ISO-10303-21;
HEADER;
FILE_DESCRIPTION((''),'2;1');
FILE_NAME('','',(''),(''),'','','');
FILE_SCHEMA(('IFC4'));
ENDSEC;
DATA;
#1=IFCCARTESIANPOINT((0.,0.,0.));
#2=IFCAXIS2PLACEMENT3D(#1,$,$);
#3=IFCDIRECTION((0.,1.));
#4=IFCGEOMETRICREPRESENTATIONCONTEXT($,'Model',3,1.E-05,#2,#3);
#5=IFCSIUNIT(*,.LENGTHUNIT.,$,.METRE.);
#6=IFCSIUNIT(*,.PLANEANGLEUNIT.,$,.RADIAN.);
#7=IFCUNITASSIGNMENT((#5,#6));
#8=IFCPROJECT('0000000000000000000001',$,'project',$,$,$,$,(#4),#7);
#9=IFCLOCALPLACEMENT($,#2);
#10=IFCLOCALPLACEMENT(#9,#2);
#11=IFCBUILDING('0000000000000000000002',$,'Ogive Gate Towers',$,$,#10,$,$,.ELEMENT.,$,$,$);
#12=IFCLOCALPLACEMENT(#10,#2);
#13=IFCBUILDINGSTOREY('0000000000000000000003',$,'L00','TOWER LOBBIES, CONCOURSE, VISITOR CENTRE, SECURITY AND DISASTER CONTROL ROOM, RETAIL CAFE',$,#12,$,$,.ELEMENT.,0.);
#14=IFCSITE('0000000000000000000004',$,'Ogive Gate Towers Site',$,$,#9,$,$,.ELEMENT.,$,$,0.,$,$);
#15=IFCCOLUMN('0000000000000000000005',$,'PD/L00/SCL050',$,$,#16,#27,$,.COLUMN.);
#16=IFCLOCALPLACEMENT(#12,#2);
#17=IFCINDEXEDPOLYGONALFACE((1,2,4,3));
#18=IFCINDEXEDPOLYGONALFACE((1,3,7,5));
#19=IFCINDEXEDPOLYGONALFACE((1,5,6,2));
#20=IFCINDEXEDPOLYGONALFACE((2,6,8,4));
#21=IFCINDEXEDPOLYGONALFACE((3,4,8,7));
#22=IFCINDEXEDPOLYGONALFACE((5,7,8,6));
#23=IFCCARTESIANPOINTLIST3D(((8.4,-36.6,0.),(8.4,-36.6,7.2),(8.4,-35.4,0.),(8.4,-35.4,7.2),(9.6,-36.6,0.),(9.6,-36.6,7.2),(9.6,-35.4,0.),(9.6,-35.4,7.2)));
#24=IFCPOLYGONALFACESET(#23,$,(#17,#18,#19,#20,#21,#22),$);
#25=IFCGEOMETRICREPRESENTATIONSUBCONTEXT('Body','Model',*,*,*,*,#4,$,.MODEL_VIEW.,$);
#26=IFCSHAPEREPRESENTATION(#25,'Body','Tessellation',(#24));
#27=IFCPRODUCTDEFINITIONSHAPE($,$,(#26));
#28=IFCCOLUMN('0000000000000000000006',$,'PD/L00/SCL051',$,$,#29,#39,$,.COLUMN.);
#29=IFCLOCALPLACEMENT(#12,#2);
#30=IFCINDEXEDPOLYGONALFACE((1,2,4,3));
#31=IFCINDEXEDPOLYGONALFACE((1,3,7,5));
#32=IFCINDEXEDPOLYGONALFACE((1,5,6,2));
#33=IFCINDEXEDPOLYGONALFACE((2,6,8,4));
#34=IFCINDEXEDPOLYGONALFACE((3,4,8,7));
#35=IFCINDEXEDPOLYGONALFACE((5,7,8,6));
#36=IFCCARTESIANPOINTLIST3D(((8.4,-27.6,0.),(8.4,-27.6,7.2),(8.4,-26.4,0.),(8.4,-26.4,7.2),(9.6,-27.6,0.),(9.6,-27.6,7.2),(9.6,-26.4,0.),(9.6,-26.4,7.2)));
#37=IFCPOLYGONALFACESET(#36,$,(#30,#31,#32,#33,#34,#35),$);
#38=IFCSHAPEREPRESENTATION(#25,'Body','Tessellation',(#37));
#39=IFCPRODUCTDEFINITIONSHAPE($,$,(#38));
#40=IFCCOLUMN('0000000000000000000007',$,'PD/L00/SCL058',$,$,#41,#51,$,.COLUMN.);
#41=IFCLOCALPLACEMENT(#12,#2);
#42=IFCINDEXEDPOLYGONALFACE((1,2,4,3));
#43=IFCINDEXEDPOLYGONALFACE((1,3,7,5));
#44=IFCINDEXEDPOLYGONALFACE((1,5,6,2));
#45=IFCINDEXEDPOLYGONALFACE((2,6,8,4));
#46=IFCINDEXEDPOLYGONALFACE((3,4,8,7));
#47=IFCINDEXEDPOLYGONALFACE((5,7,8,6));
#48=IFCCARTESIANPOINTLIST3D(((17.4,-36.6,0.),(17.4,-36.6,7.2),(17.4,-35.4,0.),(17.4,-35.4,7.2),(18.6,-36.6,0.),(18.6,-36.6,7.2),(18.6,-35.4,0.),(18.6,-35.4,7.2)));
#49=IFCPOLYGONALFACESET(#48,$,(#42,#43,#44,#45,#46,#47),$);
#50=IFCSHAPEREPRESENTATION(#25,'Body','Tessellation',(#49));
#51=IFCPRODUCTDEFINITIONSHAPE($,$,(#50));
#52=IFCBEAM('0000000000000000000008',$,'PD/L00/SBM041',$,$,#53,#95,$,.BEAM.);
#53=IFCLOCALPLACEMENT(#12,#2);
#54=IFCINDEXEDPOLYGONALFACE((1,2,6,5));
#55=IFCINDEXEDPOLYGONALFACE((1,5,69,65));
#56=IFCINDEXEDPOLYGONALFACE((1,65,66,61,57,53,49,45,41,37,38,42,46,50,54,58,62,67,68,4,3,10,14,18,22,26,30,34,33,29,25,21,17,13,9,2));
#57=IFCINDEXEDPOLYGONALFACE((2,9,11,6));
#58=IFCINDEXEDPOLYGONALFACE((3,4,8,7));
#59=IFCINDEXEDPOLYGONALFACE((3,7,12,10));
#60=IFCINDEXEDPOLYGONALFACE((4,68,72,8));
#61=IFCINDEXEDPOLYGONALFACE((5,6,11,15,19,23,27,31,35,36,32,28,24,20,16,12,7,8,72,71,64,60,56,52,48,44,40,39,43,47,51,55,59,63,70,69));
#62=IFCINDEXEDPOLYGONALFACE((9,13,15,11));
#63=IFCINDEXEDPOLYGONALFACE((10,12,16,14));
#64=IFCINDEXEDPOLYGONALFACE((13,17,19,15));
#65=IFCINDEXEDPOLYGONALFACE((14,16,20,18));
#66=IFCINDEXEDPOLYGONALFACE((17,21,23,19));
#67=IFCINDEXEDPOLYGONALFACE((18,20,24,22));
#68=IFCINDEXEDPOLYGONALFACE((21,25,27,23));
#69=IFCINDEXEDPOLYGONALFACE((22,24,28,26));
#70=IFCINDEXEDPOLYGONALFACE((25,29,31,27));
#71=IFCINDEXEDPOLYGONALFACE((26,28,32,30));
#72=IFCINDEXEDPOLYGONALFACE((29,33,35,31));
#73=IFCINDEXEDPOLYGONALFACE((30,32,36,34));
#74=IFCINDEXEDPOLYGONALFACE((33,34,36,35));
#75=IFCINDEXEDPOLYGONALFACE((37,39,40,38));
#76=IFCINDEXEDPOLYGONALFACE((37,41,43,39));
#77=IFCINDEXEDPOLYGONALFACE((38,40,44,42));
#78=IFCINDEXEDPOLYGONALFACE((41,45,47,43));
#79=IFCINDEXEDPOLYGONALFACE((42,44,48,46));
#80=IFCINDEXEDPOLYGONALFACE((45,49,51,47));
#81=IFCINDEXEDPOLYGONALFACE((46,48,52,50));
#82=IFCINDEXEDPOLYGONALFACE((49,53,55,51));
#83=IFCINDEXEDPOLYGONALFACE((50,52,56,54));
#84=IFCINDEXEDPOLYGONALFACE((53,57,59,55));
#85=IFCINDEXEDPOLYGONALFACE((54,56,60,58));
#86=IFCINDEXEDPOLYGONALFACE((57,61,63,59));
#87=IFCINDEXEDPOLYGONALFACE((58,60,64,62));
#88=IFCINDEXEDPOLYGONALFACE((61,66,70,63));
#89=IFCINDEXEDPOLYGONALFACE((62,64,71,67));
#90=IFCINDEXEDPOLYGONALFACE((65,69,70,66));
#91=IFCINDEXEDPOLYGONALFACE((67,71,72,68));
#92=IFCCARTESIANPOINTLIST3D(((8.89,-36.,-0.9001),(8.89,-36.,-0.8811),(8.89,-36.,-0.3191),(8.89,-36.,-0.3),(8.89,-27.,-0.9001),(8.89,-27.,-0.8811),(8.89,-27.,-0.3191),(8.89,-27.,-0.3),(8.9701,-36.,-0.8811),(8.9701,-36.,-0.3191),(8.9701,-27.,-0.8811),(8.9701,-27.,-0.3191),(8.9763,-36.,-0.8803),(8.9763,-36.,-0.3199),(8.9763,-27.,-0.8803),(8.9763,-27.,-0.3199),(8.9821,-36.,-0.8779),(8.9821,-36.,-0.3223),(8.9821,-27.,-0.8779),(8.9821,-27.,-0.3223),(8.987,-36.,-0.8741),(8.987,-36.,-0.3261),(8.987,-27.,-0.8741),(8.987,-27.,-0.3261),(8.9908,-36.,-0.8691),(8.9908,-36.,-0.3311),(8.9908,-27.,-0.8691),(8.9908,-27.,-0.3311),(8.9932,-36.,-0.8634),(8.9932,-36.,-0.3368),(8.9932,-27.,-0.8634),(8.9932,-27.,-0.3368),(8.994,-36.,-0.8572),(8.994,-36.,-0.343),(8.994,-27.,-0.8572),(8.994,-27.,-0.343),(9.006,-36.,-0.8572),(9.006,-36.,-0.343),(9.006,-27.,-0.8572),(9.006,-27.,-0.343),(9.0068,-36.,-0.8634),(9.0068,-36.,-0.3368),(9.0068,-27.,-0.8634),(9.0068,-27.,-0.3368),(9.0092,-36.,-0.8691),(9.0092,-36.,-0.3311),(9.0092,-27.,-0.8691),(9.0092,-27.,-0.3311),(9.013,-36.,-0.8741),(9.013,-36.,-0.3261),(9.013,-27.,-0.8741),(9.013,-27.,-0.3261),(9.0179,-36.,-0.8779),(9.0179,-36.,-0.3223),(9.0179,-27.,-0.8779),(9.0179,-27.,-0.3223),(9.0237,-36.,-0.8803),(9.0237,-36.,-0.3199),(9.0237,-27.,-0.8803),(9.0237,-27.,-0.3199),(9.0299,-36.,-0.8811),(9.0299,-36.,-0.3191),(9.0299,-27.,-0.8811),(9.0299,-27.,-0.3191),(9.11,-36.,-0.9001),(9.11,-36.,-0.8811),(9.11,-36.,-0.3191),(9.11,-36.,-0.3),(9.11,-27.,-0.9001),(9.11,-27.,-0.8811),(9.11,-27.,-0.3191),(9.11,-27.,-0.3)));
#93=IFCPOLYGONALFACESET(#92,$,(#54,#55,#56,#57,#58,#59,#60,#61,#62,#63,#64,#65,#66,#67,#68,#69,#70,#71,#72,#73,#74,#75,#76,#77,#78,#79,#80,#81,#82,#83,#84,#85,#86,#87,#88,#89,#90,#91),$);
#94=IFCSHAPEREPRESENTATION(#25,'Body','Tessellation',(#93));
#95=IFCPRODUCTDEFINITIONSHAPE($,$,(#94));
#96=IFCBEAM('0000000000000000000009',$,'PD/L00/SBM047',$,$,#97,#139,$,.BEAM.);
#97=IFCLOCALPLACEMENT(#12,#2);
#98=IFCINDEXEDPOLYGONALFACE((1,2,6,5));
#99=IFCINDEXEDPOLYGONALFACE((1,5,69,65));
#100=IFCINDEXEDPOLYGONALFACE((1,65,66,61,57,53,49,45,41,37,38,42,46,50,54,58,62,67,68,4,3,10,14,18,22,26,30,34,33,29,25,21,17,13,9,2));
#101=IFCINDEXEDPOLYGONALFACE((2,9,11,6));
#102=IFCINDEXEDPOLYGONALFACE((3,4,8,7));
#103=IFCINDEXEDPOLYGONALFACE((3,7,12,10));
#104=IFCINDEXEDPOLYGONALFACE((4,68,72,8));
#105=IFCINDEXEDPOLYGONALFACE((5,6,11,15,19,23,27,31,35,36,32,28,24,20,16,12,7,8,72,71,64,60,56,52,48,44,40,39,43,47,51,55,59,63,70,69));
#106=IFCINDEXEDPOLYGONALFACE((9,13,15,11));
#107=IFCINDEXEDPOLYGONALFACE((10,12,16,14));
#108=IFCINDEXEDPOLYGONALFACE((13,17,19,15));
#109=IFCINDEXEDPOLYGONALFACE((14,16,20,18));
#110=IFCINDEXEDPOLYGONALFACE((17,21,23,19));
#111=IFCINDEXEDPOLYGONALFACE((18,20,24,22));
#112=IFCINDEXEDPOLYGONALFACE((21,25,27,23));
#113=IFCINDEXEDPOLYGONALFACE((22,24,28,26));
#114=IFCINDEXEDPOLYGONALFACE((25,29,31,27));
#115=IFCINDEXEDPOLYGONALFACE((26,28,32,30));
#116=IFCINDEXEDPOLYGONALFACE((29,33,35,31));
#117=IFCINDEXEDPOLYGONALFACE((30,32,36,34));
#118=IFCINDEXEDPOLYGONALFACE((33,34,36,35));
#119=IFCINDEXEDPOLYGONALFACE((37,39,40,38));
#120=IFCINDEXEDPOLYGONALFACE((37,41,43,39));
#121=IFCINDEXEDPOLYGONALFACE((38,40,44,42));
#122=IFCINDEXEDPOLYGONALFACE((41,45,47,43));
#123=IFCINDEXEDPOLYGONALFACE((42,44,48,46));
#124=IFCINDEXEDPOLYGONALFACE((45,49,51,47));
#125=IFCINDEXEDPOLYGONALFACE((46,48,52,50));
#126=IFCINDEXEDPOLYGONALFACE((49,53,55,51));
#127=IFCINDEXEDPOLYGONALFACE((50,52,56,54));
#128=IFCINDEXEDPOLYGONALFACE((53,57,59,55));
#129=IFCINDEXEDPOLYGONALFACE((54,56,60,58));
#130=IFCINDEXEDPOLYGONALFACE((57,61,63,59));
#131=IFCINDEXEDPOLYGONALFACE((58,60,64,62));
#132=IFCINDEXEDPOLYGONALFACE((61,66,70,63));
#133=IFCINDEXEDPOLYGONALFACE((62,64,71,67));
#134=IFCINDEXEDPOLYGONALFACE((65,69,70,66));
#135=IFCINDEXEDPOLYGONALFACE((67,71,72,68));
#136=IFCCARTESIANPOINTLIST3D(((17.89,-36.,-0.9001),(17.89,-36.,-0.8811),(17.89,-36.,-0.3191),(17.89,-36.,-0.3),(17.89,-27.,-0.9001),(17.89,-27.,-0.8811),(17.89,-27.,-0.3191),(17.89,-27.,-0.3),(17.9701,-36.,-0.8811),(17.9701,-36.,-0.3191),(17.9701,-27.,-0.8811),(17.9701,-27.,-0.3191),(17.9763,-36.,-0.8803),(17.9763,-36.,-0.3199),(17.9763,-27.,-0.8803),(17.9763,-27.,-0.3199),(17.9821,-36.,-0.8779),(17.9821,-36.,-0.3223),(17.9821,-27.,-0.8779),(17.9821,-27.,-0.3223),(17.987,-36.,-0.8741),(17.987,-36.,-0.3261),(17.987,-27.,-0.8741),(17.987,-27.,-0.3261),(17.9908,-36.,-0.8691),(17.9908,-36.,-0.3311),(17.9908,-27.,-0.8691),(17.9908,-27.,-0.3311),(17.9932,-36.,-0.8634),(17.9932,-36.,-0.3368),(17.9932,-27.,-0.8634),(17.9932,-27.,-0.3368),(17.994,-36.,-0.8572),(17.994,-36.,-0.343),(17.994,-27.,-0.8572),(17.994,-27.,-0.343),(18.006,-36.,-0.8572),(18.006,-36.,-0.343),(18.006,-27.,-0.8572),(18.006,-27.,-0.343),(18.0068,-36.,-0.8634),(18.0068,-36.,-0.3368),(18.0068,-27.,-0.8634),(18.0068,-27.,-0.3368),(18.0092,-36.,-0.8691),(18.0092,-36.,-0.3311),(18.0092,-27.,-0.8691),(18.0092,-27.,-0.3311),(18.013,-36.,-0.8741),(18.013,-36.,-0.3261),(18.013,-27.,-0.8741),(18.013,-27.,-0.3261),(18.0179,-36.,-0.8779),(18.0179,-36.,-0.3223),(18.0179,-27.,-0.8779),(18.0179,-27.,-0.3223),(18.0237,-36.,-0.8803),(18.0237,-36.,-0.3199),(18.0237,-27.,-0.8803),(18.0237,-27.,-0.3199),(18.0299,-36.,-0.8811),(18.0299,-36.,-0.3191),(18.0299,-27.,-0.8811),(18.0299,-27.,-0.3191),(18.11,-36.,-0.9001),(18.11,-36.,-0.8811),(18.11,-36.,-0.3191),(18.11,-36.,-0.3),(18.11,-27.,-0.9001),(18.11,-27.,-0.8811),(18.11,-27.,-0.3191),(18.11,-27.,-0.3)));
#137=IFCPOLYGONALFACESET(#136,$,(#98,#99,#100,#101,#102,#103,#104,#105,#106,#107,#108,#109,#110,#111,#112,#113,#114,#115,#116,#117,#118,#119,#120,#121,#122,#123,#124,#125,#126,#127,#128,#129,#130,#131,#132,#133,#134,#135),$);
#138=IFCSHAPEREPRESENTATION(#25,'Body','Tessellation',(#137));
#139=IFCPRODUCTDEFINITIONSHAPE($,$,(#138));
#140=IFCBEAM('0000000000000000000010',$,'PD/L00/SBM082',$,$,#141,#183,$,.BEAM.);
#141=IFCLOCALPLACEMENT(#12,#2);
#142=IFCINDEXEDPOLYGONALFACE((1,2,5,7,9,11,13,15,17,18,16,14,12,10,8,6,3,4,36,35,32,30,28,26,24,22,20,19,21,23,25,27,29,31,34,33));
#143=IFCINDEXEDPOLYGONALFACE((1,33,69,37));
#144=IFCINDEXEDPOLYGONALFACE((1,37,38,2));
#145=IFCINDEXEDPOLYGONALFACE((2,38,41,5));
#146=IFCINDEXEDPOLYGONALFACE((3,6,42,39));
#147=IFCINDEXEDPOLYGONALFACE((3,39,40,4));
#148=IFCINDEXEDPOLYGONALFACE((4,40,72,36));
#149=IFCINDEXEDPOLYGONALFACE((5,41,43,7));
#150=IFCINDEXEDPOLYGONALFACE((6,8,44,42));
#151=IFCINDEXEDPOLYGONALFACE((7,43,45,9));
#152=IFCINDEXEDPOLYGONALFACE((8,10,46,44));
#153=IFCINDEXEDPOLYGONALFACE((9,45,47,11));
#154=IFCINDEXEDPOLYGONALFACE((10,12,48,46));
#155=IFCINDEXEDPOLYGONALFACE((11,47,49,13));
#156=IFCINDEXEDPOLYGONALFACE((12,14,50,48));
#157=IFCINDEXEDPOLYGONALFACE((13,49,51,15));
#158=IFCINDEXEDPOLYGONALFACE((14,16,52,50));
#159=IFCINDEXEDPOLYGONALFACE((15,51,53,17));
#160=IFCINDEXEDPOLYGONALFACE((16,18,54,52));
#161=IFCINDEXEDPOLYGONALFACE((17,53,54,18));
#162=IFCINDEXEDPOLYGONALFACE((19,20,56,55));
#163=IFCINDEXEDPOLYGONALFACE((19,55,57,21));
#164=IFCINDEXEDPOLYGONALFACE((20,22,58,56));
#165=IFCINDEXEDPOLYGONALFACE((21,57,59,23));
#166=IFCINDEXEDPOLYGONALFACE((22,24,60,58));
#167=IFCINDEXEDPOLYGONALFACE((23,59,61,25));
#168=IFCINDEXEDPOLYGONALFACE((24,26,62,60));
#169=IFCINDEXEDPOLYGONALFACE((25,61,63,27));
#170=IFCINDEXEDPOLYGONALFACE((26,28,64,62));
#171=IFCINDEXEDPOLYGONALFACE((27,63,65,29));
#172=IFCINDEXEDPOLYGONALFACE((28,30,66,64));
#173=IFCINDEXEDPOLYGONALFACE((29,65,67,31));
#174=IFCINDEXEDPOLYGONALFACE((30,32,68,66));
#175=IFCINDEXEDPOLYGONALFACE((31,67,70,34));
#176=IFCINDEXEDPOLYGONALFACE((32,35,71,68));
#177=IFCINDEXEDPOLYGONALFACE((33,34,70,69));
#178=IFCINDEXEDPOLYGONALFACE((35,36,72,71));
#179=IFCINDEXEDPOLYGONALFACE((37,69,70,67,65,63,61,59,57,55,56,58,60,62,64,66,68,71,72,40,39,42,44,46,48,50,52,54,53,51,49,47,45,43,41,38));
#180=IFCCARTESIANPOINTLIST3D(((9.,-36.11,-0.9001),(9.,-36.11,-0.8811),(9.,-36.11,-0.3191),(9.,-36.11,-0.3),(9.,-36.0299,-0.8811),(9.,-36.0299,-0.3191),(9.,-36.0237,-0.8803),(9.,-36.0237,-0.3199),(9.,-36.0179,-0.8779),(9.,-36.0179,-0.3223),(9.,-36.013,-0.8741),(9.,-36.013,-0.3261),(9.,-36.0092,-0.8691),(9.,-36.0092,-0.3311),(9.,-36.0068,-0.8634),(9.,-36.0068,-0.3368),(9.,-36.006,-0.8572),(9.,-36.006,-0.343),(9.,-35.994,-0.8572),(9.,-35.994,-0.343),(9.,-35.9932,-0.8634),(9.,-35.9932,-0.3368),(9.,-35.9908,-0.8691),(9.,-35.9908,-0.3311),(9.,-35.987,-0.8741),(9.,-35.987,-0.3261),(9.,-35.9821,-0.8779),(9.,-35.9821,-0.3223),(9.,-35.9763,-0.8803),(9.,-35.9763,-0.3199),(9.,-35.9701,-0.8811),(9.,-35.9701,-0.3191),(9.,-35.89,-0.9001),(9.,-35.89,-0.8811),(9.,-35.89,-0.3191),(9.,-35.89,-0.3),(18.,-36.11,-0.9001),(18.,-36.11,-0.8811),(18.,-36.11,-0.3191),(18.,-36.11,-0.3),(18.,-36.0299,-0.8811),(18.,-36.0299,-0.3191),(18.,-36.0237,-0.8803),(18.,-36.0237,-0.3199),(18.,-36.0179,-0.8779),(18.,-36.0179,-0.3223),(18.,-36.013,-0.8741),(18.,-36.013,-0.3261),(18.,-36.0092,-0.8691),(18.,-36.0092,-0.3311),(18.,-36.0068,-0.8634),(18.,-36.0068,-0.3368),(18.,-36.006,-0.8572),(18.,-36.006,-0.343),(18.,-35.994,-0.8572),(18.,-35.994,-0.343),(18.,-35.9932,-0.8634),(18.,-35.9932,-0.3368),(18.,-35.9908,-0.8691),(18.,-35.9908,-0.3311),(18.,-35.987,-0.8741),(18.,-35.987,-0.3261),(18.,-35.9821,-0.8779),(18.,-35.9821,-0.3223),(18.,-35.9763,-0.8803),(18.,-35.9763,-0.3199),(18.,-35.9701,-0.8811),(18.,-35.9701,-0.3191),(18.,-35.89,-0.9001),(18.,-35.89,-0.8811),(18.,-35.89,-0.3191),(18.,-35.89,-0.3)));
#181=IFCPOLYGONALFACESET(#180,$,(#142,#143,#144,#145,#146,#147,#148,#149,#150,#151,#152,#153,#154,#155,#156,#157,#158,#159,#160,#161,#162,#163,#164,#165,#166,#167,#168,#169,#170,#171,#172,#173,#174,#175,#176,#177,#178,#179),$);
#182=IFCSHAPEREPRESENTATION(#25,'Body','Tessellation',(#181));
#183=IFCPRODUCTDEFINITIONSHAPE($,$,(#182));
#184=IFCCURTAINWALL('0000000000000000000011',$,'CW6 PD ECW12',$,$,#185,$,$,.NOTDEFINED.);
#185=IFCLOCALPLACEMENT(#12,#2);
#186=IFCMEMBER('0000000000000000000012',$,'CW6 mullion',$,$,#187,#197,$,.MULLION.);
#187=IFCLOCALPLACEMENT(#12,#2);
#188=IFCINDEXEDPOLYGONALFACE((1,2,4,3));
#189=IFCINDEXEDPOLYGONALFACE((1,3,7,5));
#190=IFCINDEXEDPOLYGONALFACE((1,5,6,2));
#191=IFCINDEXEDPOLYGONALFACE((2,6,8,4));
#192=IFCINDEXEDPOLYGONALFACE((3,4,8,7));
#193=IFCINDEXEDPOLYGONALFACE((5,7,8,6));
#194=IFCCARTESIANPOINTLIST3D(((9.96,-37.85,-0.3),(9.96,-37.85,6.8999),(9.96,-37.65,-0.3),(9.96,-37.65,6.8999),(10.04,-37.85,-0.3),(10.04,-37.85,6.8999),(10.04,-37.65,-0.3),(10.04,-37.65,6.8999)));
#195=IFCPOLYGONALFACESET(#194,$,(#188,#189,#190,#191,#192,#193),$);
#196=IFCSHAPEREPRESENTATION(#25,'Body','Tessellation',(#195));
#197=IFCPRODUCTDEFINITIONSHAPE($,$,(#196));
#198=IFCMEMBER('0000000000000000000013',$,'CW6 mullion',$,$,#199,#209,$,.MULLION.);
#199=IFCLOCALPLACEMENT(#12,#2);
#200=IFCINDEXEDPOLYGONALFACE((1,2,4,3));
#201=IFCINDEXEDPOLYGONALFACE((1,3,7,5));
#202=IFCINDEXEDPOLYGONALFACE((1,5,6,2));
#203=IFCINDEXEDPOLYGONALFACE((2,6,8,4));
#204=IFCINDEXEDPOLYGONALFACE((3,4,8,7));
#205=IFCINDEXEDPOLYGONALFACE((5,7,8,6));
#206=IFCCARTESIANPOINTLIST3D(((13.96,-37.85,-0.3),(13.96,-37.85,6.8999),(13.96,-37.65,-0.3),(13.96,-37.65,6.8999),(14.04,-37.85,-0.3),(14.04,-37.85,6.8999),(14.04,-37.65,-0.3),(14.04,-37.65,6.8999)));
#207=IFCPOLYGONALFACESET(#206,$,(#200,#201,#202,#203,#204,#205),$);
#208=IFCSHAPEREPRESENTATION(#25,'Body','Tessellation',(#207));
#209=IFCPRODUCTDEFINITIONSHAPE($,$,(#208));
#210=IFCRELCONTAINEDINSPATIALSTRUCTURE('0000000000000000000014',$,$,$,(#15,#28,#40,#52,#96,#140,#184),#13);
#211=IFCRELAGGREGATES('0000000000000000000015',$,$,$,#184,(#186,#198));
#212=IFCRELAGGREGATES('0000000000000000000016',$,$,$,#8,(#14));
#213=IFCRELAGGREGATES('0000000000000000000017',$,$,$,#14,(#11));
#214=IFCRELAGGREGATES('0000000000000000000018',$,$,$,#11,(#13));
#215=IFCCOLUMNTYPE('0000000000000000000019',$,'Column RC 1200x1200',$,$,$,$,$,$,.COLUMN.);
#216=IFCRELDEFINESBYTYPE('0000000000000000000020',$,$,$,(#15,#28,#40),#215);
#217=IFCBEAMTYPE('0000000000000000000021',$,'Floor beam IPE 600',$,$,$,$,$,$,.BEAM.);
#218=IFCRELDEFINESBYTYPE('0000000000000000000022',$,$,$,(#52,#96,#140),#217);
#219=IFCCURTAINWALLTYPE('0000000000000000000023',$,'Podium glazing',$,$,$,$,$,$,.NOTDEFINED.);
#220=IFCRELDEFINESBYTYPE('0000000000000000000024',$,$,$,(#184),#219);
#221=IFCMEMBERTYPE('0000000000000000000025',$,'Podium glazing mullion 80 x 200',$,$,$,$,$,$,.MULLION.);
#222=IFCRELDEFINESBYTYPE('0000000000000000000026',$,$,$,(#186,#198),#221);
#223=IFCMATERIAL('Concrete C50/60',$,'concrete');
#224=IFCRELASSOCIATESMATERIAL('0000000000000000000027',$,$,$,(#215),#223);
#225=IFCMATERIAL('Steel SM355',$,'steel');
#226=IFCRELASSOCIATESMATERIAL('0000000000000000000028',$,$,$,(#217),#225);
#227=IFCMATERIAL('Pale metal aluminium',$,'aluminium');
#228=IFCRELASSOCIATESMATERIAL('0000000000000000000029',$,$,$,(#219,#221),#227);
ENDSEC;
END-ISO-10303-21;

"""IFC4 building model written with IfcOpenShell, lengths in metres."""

from ifc_helpers import new_model, si_unit, direction, frame, origin, origin_2d, place, context, subcontext, project, spatial, rectangle, i_section, extrude, material, material_profile, profile_set, type_object, element, aggregate, save


model = new_model("IFC4")

# Units and contexts
model_context = context("Model", 3, precision=1e-05, world=origin(), true_north=direction((0.0, 1.0)))
body_context = subcontext(model_context, "Body", "Model", "MODEL_VIEW")
ifc_project = project(units=[si_unit("LENGTHUNIT", "METRE"), si_unit("PLANEANGLEUNIT", "RADIAN")], contexts=[model_context])

# Site, building, storey
site_placement = place(None, origin())
site = spatial("IfcSite", under=ifc_project, at=site_placement, Name="Ogive Gate Towers Site", CompositionType="ELEMENT", RefElevation=0.0)
building_placement = place(site_placement, origin())
building = spatial("IfcBuilding", under=site, at=building_placement, Name="Ogive Gate Towers", CompositionType="ELEMENT")
storey_placement = place(building_placement, origin())
storey = spatial("IfcBuildingStorey", under=building, at=storey_placement, Name="L00", Description="TOWER LOBBIES, CONCOURSE, VISITOR CENTRE, SECURITY AND DISASTER CONTROL ROOM, RETAIL CAFE", CompositionType="ELEMENT", Elevation=0.0)

# Columns
ifc_material_1 = material(Name="Concrete C50/60", Category="concrete")
ifc_material_profile_1 = material_profile(ifc_material_1, rectangle(XDim=1.2, YDim=1.2, at=origin_2d()), Name="RC 1200x1200")
ifc_profile_set_1 = profile_set([ifc_material_profile_1], Name="Concrete C50/60")
column_type = type_object("IfcColumnType", Name="Column RC 1200x1200", PredefinedType="COLUMN", material=ifc_profile_set_1)
for number, where, z_axis, x_axis, name in (
    (1, (9.0, -36.0, 0.0), (0.0, 0.0, 1.0), (1.0, 0.0, 0.0), "PD/L00/SCL050"),
    (2, (9.0, -27.0, 0.0), (0.0, 0.0, 1.0), (1.0, 0.0, 0.0), "PD/L00/SCL051"),
    (3, (18.0, -36.0, 0.0), (0.0, 0.0, 1.0), (1.0, 0.0, 0.0), "PD/L00/SCL058"),
):
    element("IfcColumn", number, at=place(storey_placement, frame(where, z_axis=z_axis, x_axis=x_axis)), inside=storey, type_object=column_type, Name=name, PredefinedType="COLUMN", context=body_context, shape_type="SweptSolid", body=[
        extrude(rectangle(XDim=1.2, YDim=1.2, at=origin_2d()), origin(), (0.0, 0.0, 1.0), 7.2),
    ])

# Beams
ifc_material_2 = material(Name="Steel SM355", Category="steel")
ifc_material_profile_2 = material_profile(ifc_material_2, i_section(OverallWidth=0.22, OverallDepth=0.6001, WebThickness=0.012, FlangeThickness=0.019, FilletRadius=0.0239, at=origin_2d()), Name="IPE 600")
ifc_profile_set_2 = profile_set([ifc_material_profile_2], Name="Steel SM355")
beam_type = type_object("IfcBeamType", Name="Floor beam IPE 600", PredefinedType="BEAM", material=ifc_profile_set_2)
for number, where, z_axis, x_axis, name in (
    (4, (9.0, -36.0, -0.6001), (0.0, 1.0, 0.0), (-1.0, 0.0, 0.0), "PD/L00/SBM041"),
    (5, (18.0, -36.0, -0.6001), (0.0, 1.0, 0.0), (-1.0, 0.0, 0.0), "PD/L00/SBM047"),
    (6, (9.0, -36.0, -0.6001), (1.0, 0.0, 0.0), (0.0, 1.0, 0.0), "PD/L00/SBM082"),
):
    element("IfcBeam", number, at=place(storey_placement, frame(where, z_axis=z_axis, x_axis=x_axis)), inside=storey, type_object=beam_type, Name=name, PredefinedType="BEAM", context=body_context, shape_type="SweptSolid", body=[
        extrude(i_section(OverallWidth=0.22, OverallDepth=0.6001, WebThickness=0.012, FlangeThickness=0.019, FilletRadius=0.0239, at=origin_2d()), origin(), (0.0, 0.0, 1.0), 9.0),
    ])

# Curtain wall, members
ifc_material_3 = material(Name="Pale metal aluminium", Category="aluminium")
curtain_wall_type = type_object("IfcCurtainWallType", Name="Podium glazing", PredefinedType="NOTDEFINED", material=ifc_material_3)
curtain_wall_placement = place(storey_placement, origin())
curtain_wall = element("IfcCurtainWall", 7, at=curtain_wall_placement, inside=storey, type_object=curtain_wall_type, Name="CW6 PD ECW12", PredefinedType="NOTDEFINED")
ifc_material_profile_3 = material_profile(ifc_material_3, rectangle(XDim=0.2, YDim=0.0801, at=origin_2d()), Name="80 x 200 aluminium box")
ifc_profile_set_3 = profile_set([ifc_material_profile_3], Name="Pale metal aluminium")
member_type_1 = type_object("IfcMemberType", Name="Podium glazing mullion 80 x 200", PredefinedType="MULLION", material=ifc_profile_set_3)
member_1_placement = place(storey_placement, frame((10.0, -37.75, -0.3), z_axis=(0.0, 0.0, 1.0), x_axis=(0.0, -1.0, 0.0)))
member_1 = element("IfcMember", 8, at=member_1_placement, type_object=member_type_1, Name="CW6 mullion", PredefinedType="MULLION", context=body_context, shape_type="SweptSolid", body=[
    extrude(rectangle(XDim=0.2, YDim=0.0801, at=origin_2d()), origin(), (0.0, 0.0, 1.0), 7.2),
])
member_2_placement = place(storey_placement, frame((14.0, -37.75, -0.3), z_axis=(0.0, 0.0, 1.0), x_axis=(0.0, -1.0, 0.0)))
member_2 = element("IfcMember", 9, at=member_2_placement, type_object=member_type_1, Name="CW6 mullion", PredefinedType="MULLION", context=body_context, shape_type="SweptSolid", body=[
    extrude(rectangle(XDim=0.2, YDim=0.0801, at=origin_2d()), origin(), (0.0, 0.0, 1.0), 7.2),
])
aggregate(curtain_wall, [member_1, member_2])

save(model, "model.ifc")
